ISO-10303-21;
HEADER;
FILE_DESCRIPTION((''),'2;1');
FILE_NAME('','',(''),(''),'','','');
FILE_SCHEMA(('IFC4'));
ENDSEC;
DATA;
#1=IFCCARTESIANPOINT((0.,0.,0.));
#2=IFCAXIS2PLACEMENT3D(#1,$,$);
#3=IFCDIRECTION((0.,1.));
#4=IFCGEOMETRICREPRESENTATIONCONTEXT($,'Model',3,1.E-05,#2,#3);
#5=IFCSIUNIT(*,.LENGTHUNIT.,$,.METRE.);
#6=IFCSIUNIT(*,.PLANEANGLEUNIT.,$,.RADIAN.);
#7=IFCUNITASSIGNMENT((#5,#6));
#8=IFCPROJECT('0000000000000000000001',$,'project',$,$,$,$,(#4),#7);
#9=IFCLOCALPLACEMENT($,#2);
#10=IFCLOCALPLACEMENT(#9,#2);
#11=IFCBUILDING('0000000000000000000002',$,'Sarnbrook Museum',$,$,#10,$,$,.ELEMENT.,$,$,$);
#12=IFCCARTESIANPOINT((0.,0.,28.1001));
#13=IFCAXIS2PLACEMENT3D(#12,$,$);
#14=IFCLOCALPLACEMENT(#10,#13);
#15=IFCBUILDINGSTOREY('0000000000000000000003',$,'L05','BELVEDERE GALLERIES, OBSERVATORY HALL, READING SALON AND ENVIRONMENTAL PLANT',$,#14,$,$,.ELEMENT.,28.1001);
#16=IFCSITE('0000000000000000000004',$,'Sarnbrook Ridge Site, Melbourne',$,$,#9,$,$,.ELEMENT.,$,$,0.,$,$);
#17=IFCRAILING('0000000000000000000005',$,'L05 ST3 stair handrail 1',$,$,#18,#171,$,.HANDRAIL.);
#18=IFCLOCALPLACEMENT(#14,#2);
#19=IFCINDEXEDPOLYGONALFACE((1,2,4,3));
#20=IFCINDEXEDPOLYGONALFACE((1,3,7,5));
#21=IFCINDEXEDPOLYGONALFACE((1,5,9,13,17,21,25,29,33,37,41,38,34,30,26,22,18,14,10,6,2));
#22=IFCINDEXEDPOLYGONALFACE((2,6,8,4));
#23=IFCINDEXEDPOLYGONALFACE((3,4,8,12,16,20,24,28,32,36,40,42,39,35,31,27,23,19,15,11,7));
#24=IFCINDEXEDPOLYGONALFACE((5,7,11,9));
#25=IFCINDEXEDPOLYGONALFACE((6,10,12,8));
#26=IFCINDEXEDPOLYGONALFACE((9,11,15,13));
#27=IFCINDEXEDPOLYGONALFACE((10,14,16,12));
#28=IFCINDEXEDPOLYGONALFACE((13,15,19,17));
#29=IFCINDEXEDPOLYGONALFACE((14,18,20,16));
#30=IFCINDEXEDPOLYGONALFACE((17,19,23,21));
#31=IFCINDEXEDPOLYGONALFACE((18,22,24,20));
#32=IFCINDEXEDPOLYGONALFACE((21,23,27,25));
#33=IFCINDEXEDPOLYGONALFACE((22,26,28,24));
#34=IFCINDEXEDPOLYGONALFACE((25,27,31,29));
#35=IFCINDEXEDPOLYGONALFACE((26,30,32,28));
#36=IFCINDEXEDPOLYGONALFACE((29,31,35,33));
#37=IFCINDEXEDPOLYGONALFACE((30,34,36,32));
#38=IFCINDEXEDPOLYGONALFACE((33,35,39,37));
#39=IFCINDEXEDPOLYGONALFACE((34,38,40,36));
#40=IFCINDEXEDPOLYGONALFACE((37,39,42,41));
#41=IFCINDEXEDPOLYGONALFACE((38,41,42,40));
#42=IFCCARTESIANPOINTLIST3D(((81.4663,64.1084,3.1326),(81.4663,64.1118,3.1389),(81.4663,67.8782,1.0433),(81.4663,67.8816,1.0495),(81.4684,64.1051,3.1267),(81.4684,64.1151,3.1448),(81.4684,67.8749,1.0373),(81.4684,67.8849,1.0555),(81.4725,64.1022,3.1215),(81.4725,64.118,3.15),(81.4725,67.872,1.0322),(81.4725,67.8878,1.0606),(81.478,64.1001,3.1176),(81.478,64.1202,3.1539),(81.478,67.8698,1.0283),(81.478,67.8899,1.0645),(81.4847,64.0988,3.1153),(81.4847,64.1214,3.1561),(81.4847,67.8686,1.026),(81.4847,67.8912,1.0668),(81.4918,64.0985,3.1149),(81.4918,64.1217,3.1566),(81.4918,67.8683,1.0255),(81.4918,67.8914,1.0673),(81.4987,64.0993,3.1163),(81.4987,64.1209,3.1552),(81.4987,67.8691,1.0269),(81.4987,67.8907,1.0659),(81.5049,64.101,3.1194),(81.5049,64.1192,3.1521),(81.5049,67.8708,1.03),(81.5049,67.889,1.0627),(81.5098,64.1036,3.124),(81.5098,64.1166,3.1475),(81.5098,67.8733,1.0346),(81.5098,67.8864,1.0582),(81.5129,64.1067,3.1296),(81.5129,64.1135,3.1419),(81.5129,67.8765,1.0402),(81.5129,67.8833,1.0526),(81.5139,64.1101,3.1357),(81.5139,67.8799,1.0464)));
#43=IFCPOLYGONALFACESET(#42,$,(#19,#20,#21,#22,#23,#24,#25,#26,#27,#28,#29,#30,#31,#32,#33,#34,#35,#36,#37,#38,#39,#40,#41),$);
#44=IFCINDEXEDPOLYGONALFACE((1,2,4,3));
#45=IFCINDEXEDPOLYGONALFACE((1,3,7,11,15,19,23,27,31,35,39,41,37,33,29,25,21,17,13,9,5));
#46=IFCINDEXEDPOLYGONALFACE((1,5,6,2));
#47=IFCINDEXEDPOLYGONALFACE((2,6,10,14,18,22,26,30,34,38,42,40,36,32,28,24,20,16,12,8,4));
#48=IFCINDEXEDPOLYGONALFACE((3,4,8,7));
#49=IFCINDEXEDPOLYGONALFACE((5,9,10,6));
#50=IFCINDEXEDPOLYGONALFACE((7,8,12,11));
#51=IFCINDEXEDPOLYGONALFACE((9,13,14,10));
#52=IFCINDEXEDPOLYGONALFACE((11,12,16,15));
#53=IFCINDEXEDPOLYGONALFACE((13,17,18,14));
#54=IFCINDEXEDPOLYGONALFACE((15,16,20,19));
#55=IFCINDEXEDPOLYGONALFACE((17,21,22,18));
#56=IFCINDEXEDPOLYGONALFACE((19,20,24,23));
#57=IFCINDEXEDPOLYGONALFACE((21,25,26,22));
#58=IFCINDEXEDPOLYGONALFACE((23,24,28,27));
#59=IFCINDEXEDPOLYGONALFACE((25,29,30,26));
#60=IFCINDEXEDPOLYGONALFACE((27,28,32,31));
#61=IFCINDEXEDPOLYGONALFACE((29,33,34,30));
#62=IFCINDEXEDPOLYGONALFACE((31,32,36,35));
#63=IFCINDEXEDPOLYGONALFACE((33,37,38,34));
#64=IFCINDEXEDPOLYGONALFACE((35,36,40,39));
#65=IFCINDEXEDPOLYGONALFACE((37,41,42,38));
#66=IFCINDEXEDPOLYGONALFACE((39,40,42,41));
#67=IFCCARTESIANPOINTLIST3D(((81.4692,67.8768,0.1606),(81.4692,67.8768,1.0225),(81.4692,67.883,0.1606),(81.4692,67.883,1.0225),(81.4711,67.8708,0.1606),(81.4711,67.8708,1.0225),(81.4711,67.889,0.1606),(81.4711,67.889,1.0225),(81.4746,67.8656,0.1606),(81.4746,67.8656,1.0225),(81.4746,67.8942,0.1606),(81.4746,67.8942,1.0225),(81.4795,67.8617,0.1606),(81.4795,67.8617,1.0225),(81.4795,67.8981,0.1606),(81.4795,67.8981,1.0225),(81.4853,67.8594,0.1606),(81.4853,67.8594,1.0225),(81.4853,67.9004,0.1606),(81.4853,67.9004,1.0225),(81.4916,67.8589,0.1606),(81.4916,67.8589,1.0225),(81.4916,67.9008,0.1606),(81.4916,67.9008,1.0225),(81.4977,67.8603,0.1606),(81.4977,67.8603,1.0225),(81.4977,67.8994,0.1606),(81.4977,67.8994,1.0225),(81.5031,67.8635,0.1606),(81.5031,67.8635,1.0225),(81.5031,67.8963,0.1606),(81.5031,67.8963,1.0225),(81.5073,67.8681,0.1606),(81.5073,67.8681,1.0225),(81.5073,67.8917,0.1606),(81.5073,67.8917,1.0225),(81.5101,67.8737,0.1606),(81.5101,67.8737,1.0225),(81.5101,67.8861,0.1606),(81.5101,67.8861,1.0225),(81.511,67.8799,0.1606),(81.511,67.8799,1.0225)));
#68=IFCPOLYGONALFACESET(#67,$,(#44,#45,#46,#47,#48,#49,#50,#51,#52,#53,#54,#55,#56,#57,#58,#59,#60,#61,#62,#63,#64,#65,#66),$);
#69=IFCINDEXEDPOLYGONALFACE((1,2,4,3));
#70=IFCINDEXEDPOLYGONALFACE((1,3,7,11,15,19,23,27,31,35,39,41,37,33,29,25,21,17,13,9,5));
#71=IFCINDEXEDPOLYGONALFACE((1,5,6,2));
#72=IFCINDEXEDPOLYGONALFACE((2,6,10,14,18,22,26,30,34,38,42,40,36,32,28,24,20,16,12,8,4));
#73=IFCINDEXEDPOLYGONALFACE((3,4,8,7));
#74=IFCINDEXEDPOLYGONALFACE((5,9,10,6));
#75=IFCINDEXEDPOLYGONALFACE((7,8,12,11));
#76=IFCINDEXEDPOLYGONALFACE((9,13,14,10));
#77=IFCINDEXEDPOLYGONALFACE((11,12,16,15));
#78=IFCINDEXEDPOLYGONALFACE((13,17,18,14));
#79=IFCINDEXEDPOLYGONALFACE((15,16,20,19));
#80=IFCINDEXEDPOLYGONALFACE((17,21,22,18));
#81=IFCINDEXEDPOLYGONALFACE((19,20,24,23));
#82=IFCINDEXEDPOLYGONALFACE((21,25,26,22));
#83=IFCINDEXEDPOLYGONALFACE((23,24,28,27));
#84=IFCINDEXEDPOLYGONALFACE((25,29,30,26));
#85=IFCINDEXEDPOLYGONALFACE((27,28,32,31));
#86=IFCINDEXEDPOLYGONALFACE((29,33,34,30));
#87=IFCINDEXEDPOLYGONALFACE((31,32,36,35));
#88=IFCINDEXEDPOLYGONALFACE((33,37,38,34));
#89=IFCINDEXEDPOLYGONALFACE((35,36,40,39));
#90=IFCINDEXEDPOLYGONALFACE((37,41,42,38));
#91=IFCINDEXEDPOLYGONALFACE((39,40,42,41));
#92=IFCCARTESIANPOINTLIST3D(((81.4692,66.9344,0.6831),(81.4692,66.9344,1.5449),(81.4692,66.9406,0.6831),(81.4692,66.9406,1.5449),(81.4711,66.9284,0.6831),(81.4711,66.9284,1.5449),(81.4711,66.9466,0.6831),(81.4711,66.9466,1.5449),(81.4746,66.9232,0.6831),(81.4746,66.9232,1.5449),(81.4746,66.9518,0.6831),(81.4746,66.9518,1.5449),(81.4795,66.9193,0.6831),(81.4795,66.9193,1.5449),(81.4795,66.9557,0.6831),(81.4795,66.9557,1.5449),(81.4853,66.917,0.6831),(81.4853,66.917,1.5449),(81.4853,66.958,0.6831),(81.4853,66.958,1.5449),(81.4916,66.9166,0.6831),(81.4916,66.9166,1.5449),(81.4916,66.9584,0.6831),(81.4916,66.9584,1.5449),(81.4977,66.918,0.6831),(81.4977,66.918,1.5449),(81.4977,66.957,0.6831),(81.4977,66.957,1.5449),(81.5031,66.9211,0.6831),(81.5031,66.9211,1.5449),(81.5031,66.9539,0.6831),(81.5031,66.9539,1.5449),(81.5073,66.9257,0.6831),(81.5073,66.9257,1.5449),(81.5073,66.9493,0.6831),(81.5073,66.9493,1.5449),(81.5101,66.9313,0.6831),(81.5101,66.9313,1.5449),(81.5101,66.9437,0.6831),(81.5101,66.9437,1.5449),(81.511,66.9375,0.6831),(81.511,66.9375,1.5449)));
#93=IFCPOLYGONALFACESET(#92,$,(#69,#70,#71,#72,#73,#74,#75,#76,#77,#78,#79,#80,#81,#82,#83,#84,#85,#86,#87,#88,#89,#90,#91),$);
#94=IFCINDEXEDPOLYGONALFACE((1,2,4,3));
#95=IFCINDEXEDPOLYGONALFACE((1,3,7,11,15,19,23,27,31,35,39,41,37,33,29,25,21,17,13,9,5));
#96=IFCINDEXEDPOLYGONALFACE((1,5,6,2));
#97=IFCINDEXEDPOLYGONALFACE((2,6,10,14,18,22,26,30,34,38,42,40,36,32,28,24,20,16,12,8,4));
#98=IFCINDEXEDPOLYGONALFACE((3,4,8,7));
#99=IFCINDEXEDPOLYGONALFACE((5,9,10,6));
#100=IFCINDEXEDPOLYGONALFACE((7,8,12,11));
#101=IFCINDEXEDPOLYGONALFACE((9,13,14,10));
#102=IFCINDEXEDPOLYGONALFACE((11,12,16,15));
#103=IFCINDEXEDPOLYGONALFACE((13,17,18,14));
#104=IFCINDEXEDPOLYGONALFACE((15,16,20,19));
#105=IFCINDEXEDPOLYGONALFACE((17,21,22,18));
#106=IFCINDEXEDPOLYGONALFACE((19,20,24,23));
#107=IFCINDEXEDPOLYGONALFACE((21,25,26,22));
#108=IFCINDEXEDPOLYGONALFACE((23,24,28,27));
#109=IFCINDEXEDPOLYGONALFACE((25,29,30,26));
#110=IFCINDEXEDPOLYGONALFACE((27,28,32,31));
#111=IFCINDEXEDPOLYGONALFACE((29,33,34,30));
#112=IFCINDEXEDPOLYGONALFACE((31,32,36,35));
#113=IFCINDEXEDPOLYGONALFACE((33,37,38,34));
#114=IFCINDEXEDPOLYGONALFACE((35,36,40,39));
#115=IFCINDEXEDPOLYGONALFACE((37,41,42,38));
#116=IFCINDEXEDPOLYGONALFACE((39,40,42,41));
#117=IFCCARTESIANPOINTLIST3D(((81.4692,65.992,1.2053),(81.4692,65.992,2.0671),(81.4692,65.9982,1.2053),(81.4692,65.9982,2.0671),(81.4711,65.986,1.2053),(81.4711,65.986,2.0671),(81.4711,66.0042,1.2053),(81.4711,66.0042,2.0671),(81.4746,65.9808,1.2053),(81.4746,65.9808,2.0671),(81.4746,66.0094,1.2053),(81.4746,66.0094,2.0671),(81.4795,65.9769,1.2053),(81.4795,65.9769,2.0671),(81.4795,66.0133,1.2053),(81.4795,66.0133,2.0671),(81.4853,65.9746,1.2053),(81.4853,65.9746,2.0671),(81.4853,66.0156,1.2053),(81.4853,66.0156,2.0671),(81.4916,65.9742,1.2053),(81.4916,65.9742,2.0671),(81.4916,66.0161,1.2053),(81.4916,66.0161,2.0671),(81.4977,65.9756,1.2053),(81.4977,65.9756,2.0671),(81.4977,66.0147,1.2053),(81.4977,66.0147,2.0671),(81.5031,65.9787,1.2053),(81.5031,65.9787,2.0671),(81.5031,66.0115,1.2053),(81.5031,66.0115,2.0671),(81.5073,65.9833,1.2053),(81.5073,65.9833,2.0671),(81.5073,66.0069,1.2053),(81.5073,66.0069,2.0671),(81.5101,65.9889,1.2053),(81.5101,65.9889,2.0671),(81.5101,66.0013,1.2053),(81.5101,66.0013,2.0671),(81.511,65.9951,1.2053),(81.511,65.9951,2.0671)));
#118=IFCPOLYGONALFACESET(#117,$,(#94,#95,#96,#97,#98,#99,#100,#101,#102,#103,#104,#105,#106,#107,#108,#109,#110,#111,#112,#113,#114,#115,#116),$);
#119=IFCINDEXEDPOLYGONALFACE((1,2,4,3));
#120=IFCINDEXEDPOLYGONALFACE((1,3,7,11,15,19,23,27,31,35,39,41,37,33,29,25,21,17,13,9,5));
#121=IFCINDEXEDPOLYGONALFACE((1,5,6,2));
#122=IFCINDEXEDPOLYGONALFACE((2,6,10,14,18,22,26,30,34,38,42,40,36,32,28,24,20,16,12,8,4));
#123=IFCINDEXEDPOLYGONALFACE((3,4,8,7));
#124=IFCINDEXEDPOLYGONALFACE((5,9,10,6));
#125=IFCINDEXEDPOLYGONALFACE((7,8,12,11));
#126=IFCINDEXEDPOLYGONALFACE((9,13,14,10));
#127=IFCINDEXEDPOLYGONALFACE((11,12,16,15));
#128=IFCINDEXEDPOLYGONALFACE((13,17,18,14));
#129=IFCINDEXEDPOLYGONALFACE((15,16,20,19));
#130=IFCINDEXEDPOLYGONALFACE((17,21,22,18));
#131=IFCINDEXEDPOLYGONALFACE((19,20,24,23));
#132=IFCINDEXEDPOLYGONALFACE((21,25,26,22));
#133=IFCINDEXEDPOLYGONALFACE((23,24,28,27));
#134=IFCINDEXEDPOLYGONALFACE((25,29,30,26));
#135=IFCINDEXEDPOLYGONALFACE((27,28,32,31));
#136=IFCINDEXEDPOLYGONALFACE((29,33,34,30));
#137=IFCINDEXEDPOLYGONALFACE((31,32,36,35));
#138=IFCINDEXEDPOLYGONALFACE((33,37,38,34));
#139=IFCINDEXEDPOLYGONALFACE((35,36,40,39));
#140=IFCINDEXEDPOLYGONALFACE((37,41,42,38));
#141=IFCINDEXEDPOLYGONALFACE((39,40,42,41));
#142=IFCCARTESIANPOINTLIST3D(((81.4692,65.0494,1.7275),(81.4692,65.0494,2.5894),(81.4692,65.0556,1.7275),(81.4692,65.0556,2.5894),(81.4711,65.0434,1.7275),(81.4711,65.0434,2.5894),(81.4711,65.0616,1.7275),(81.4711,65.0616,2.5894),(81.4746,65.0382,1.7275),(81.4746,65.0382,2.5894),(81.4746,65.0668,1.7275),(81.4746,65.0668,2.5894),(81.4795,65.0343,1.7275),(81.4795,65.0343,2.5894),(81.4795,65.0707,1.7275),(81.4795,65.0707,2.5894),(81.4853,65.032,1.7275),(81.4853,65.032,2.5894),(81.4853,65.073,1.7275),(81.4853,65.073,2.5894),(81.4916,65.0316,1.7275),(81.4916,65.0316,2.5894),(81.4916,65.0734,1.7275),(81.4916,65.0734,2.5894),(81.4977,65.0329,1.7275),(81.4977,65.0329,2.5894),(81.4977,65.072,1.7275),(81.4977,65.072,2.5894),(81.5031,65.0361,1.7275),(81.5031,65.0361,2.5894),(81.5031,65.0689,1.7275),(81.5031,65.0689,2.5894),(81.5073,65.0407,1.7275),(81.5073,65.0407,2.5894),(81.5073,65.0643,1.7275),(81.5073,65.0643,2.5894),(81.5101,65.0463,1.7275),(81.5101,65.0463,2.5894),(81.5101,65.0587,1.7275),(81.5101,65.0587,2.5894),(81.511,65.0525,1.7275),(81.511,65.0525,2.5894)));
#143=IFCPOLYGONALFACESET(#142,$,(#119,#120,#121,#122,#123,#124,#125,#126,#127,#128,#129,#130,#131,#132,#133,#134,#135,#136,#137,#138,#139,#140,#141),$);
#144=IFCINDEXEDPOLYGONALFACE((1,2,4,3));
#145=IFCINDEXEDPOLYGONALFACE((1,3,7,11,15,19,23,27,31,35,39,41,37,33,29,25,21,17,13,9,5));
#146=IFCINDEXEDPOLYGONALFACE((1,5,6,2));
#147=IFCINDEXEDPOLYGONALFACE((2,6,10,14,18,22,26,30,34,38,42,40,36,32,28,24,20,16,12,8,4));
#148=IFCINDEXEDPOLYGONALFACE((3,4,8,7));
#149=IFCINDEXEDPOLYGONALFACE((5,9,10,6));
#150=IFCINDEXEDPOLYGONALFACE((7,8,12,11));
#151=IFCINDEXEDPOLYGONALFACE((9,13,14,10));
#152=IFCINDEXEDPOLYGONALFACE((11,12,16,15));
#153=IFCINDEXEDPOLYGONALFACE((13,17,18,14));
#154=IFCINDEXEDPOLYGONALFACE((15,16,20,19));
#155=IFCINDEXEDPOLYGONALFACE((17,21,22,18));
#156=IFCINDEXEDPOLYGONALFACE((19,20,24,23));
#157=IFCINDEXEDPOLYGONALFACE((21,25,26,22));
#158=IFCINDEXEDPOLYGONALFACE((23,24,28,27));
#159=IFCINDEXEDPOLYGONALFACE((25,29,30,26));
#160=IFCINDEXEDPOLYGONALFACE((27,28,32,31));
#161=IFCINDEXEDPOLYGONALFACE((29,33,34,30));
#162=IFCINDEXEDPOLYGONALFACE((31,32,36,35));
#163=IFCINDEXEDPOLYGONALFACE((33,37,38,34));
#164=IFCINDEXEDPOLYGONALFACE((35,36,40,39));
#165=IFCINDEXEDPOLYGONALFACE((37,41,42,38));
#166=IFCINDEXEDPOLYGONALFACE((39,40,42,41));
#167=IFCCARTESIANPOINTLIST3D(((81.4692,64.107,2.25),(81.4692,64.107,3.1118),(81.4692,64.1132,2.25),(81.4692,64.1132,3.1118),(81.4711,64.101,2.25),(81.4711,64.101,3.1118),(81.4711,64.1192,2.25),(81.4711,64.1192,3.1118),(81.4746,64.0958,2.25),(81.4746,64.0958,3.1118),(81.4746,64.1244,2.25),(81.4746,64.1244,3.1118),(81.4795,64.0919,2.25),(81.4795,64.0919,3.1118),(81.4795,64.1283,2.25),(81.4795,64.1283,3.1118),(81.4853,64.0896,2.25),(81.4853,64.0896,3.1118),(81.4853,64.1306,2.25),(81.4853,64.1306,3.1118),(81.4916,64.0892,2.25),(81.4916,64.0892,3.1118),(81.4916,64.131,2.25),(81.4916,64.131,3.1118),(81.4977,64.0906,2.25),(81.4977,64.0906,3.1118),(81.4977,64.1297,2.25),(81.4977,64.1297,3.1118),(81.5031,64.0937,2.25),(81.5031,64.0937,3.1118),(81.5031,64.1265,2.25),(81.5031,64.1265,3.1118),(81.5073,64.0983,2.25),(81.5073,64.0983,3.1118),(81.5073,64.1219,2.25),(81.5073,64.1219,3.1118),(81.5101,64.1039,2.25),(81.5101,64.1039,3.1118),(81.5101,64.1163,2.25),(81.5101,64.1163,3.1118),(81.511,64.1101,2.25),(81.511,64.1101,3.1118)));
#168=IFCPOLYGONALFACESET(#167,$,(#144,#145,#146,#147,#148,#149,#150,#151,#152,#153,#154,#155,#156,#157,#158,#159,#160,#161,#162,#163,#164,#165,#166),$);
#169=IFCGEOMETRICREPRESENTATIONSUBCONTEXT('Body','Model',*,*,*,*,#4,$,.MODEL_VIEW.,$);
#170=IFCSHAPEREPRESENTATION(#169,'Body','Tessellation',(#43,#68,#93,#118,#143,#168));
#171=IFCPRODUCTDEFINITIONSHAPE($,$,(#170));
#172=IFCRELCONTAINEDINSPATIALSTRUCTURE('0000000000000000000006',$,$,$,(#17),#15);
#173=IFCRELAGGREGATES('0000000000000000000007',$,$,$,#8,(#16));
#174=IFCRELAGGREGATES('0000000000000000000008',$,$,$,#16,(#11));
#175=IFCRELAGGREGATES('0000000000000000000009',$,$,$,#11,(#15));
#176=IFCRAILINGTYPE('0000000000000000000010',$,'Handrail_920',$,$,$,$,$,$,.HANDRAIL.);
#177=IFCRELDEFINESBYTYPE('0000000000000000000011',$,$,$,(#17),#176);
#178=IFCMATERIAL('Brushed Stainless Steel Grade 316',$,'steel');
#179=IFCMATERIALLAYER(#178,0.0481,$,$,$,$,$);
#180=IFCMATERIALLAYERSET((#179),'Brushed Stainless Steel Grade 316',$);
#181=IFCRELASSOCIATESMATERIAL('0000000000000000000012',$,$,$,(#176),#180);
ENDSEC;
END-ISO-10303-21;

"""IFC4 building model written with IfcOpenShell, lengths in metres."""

from ifc_helpers import new_model, si_unit, direction, frame, origin, origin_2d, place, context, subcontext, project, spatial, circle, extrude, material, layer, layer_set, type_object, element, save


model = new_model("IFC4")

# Units and contexts
model_context = context("Model", 3, precision=1e-05, world=origin(), true_north=direction((0.0, 1.0)))
body_context = subcontext(model_context, "Body", "Model", "MODEL_VIEW")
ifc_project = project(units=[si_unit("LENGTHUNIT", "METRE"), si_unit("PLANEANGLEUNIT", "RADIAN")], contexts=[model_context])

# Site, building, storey
site_placement = place(None, origin())
site = spatial("IfcSite", under=ifc_project, at=site_placement, Name="Sarnbrook Ridge Site, Melbourne", CompositionType="ELEMENT", RefElevation=0.0)
building_placement = place(site_placement, origin())
building = spatial("IfcBuilding", under=site, at=building_placement, Name="Sarnbrook Museum", CompositionType="ELEMENT")
storey_placement = place(building_placement, frame((0.0, 0.0, 28.1001)))
storey = spatial("IfcBuildingStorey", under=building, at=storey_placement, Name="L05", Description="BELVEDERE GALLERIES, OBSERVATORY HALL, READING SALON AND ENVIRONMENTAL PLANT", CompositionType="ELEMENT", Elevation=28.1001)

# Shared definitions
ifc_material_1 = material(Name="Brushed Stainless Steel Grade 316", Category="steel")

# Railing
ifc_layer_1 = layer(ifc_material_1, 0.0481)
ifc_layer_set_1 = layer_set([ifc_layer_1], Name="Brushed Stainless Steel Grade 316")
railing_type_1 = type_object("IfcRailingType", Name="Handrail_920", PredefinedType="HANDRAIL", material=ifc_layer_set_1)
railing_1_placement = place(storey_placement, frame((81.49, 67.8799, 0.1606)))
element("IfcRailing", 1, at=railing_1_placement, inside=storey, type_object=railing_type_1, Name="L05 ST3 stair handrail 1", PredefinedType="HANDRAIL", context=body_context, shape_type="SweptSolid", body=[
    extrude(circle(Radius=0.0239, at=origin_2d()), frame((0.0, 0.0, 0.8857), z_axis=(0.0, -0.874646, 0.484763), x_axis=(1.0, 0.0, 0.0)), (0.0, 0.0, 1.0), 4.3101),
    extrude(circle(Radius=0.021, at=origin_2d()), origin(), (0.0, 0.0, 1.0), 0.8618),
    extrude(circle(Radius=0.021, at=origin_2d()), frame((0.0, -0.9424, 0.5225)), (0.0, 0.0, 1.0), 0.8618),
    extrude(circle(Radius=0.021, at=origin_2d()), frame((0.0, -1.8848, 1.0447)), (0.0, 0.0, 1.0), 0.8618),
    extrude(circle(Radius=0.021, at=origin_2d()), frame((0.0, -2.8274, 1.5669)), (0.0, 0.0, 1.0), 0.8618),
    extrude(circle(Radius=0.021, at=origin_2d()), frame((0.0, -3.7698, 2.0894)), (0.0, 0.0, 1.0), 0.8618),
])

save(model, "model.ifc")
